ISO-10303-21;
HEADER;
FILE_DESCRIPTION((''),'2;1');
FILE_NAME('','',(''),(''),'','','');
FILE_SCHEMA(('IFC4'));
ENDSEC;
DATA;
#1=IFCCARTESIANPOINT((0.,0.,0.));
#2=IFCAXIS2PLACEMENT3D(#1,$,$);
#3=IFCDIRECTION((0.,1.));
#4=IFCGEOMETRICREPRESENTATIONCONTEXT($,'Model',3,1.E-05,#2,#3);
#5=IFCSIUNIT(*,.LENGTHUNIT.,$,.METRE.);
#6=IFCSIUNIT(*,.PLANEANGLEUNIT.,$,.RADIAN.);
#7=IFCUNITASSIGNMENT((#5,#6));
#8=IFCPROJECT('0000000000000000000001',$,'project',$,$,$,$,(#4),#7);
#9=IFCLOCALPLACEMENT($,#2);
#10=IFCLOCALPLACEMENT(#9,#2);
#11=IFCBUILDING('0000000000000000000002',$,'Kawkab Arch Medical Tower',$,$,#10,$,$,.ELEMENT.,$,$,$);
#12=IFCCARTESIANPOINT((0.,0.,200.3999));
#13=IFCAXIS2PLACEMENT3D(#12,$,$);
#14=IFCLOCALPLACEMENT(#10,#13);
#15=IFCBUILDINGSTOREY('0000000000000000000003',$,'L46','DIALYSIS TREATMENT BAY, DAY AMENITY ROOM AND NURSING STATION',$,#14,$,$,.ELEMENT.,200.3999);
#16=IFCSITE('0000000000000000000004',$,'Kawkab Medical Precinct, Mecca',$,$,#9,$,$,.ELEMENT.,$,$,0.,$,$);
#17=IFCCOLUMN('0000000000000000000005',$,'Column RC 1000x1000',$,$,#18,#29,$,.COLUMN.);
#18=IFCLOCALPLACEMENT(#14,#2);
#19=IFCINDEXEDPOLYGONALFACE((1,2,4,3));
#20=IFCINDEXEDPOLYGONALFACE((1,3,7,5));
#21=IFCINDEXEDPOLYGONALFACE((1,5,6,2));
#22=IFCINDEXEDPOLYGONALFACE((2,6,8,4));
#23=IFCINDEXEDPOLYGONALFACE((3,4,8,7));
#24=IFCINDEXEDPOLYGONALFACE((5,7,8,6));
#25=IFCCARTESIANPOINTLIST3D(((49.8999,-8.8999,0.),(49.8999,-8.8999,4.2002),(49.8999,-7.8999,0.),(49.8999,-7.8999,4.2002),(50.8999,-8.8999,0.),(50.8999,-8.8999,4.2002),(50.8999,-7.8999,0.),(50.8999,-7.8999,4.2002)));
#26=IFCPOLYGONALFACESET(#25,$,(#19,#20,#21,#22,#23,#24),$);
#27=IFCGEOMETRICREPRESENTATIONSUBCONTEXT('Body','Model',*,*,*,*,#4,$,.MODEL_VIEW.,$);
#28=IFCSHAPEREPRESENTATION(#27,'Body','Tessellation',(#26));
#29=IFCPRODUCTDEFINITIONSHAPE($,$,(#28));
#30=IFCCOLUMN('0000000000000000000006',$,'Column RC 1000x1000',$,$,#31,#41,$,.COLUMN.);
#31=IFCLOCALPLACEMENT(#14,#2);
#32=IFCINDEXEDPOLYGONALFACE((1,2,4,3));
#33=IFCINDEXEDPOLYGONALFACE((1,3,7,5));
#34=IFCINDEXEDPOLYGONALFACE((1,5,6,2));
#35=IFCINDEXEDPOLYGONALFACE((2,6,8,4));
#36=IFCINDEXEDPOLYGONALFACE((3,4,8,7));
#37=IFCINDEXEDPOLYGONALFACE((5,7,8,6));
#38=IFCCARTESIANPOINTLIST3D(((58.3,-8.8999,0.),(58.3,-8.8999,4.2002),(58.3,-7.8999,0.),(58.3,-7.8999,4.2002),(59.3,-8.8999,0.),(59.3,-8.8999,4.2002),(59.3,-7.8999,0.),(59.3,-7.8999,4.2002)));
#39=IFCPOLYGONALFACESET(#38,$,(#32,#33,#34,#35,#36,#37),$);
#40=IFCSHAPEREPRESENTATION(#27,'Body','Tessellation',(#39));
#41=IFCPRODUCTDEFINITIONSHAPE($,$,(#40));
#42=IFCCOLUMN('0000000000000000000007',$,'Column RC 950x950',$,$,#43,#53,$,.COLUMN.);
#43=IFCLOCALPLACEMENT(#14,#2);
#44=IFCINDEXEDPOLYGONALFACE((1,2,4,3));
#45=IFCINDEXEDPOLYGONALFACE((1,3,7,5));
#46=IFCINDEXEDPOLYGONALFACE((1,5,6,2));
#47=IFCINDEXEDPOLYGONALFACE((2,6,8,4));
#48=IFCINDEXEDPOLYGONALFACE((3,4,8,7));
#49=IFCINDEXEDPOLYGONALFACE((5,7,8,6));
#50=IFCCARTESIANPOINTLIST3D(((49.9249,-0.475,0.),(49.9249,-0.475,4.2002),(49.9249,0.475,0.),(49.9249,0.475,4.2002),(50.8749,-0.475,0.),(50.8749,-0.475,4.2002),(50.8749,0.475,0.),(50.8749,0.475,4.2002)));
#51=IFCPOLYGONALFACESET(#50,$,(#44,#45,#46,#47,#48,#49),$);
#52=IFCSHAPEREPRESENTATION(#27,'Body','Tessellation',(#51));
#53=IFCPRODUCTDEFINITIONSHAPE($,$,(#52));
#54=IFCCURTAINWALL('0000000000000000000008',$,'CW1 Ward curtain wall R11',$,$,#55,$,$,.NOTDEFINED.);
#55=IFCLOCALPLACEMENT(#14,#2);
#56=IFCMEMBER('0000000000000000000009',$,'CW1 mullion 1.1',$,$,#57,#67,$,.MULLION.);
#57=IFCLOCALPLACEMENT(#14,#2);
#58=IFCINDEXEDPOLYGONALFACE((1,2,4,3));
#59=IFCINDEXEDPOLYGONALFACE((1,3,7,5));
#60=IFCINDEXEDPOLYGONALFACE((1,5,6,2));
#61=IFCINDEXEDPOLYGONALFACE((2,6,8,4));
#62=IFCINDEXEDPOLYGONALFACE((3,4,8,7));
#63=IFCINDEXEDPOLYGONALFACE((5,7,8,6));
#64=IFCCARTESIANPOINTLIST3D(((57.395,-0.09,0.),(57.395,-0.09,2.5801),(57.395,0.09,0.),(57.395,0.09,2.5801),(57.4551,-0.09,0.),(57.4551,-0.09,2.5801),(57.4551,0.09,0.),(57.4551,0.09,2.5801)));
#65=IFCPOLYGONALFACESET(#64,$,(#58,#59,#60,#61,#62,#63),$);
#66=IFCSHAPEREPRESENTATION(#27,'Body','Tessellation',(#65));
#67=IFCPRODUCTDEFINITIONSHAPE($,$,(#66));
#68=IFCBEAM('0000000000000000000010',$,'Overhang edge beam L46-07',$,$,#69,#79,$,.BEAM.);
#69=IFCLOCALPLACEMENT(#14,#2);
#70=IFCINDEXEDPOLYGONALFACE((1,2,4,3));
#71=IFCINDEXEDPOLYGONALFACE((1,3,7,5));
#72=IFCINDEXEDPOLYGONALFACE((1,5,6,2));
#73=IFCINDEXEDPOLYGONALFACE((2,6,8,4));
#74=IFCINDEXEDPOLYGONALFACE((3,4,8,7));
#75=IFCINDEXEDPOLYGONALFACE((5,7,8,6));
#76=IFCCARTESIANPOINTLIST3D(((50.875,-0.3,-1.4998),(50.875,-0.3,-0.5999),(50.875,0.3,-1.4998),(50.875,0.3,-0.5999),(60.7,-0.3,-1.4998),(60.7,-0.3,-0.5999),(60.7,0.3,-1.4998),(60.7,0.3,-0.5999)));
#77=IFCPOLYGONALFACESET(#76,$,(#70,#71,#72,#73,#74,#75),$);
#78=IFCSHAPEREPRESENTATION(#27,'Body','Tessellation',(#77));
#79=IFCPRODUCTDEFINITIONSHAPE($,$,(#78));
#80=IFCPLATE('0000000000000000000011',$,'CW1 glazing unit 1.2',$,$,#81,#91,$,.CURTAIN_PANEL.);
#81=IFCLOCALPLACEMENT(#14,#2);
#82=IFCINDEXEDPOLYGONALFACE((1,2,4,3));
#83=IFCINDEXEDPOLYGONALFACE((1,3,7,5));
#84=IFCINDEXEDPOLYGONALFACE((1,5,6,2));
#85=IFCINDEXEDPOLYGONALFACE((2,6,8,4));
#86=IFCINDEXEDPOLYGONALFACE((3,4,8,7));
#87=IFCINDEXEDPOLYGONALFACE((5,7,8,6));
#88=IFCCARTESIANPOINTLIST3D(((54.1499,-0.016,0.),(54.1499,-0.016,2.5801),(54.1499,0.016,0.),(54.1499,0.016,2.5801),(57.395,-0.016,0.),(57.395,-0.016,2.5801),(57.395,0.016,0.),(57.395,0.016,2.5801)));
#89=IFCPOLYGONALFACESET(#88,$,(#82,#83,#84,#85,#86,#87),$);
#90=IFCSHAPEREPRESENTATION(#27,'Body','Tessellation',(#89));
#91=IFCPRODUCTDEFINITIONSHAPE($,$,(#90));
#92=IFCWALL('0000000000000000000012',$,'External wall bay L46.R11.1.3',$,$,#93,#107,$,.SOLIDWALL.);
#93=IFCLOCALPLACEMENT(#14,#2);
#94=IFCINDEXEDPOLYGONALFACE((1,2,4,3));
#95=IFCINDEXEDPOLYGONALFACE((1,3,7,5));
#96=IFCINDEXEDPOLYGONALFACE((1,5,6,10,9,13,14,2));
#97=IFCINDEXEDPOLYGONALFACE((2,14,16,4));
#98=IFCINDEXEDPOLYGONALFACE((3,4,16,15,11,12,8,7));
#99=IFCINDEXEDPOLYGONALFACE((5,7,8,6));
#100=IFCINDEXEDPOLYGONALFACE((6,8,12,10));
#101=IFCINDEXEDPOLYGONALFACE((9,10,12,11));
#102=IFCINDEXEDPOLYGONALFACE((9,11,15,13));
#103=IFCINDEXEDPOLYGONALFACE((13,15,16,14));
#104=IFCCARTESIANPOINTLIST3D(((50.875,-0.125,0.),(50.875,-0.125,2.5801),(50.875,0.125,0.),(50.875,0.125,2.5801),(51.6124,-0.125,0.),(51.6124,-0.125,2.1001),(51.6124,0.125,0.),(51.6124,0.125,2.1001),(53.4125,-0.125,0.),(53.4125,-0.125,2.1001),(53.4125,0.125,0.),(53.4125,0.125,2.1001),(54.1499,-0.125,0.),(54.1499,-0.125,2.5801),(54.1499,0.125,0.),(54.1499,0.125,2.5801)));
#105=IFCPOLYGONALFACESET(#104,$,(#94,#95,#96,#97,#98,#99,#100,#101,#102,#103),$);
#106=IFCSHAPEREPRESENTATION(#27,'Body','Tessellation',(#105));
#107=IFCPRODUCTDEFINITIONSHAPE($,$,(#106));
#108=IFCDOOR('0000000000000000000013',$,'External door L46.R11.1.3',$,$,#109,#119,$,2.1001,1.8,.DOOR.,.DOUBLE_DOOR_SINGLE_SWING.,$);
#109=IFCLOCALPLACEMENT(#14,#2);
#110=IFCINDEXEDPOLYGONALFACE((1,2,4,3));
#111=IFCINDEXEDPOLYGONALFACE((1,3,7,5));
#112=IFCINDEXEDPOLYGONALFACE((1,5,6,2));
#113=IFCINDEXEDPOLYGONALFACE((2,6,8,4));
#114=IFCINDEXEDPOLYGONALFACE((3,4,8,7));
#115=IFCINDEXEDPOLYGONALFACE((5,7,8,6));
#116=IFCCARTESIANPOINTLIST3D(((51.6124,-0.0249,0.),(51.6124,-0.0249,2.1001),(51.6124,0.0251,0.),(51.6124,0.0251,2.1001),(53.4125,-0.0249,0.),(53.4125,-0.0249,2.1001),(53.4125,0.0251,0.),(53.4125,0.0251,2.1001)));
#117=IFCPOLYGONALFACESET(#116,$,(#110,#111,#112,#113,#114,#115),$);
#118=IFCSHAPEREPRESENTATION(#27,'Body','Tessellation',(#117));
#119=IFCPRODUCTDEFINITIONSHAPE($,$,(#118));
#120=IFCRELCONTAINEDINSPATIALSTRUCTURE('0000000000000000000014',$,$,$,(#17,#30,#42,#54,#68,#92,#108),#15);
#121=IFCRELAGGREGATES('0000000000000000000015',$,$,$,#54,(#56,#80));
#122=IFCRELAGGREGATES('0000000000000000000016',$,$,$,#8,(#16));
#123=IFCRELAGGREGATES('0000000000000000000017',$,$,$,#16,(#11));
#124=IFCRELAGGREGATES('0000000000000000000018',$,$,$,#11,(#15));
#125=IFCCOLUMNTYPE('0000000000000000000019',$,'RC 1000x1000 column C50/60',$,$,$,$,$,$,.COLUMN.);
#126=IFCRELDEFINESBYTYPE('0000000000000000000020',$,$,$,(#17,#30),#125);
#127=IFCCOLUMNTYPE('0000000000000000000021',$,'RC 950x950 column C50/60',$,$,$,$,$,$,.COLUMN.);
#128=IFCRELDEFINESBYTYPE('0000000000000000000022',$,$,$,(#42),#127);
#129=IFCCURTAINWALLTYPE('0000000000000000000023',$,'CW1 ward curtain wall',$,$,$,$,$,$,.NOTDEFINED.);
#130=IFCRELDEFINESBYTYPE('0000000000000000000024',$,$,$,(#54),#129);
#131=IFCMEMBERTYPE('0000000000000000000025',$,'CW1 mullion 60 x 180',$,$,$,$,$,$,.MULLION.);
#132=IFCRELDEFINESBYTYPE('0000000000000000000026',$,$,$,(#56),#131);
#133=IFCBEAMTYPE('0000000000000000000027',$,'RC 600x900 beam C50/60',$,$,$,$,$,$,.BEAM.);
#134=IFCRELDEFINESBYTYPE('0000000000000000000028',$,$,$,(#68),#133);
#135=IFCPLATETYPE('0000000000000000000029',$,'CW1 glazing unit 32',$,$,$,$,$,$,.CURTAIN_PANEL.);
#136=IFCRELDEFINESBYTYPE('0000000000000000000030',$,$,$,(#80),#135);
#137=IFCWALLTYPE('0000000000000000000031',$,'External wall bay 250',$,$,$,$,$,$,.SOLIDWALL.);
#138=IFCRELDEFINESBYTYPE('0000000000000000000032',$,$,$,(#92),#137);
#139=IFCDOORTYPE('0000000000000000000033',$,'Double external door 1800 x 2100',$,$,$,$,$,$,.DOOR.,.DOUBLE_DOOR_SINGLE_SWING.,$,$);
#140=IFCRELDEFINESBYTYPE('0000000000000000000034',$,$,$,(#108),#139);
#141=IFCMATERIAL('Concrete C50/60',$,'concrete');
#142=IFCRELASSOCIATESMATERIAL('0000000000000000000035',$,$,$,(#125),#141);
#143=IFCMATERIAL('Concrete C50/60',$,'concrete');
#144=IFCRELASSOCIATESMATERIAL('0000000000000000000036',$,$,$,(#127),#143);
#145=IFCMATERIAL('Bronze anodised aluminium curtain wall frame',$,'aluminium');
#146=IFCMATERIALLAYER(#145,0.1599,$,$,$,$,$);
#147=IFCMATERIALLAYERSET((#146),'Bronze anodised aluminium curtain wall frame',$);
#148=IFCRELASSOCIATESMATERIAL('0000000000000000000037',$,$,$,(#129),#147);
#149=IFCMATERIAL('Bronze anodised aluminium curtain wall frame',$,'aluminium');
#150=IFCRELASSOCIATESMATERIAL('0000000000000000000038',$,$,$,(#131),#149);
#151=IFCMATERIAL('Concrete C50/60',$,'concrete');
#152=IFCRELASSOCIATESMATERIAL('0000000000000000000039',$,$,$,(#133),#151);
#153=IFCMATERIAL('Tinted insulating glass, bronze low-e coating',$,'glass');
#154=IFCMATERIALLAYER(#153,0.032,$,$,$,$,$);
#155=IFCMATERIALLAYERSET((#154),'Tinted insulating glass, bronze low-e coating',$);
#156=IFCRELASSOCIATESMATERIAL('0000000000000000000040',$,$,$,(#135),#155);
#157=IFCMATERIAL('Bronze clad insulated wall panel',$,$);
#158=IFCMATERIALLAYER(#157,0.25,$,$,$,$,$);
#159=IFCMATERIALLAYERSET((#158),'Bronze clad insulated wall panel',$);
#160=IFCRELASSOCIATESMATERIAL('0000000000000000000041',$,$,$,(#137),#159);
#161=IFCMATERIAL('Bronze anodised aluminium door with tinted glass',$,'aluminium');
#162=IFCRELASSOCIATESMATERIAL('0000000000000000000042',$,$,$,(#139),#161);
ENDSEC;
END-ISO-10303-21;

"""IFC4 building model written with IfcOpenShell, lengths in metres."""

from ifc_helpers import new_model, si_unit, direction, frame, frame_2d, origin, origin_2d, place, context, subcontext, project, spatial, rectangle, extrude, material, layer, layer_set, material_profile, profile_set, type_object, element, fill, aggregate, save


model = new_model("IFC4")

# Units and contexts
model_context = context("Model", 3, precision=1e-05, world=origin(), true_north=direction((0.0, 1.0)))
body_context = subcontext(model_context, "Body", "Model", "MODEL_VIEW")
ifc_project = project(units=[si_unit("LENGTHUNIT", "METRE"), si_unit("PLANEANGLEUNIT", "RADIAN")], contexts=[model_context])

# Site, building, storey
site_placement = place(None, origin())
site = spatial("IfcSite", under=ifc_project, at=site_placement, Name="Kawkab Medical Precinct, Mecca", CompositionType="ELEMENT", RefElevation=0.0)
building_placement = place(site_placement, origin())
building = spatial("IfcBuilding", under=site, at=building_placement, Name="Kawkab Arch Medical Tower", CompositionType="ELEMENT")
storey_placement = place(building_placement, frame((0.0, 0.0, 200.3999)))
storey = spatial("IfcBuildingStorey", under=building, at=storey_placement, Name="L46", Description="DIALYSIS TREATMENT BAY, DAY AMENITY ROOM AND NURSING STATION", CompositionType="ELEMENT", Elevation=200.3999)

# Columns
ifc_material_1 = material(Name="Concrete C50/60", Category="concrete")
ifc_material_profile_1 = material_profile(ifc_material_1, rectangle(XDim=1.0, YDim=1.0, at=origin_2d()), Name="RC 1000x1000")
ifc_profile_set_1 = profile_set([ifc_material_profile_1], Name="Concrete C50/60")
column_type_1 = type_object("IfcColumnType", Name="RC 1000x1000 column C50/60", PredefinedType="COLUMN", material=ifc_profile_set_1)
for number, where, z_axis, x_axis, name in (
    (1, (50.3999, -8.3999, 0.0), (0.0, 0.0, 1.0), (1.0, 0.0, 0.0), "Column RC 1000x1000"),
    (2, (58.8, -8.3999, 0.0), (0.0, 0.0, 1.0), (1.0, 0.0, 0.0), "Column RC 1000x1000"),
):
    element("IfcColumn", number, at=place(storey_placement, frame(where, z_axis=z_axis, x_axis=x_axis)), inside=storey, type_object=column_type_1, Name=name, PredefinedType="COLUMN", context=body_context, shape_type="SweptSolid", body=[
        extrude(rectangle(XDim=1.0, YDim=1.0, at=origin_2d()), origin(), (0.0, 0.0, 1.0), 4.2002),
    ])
ifc_material_2 = material(Name="Concrete C50/60", Category="concrete")
ifc_material_profile_2 = material_profile(ifc_material_2, rectangle(XDim=0.95, YDim=0.95, at=origin_2d()), Name="RC 950x950")
ifc_profile_set_2 = profile_set([ifc_material_profile_2], Name="Concrete C50/60")
column_type_2 = type_object("IfcColumnType", Name="RC 950x950 column C50/60", PredefinedType="COLUMN", material=ifc_profile_set_2)
column_placement = place(storey_placement, frame((50.3999, 0.0, 0.0), z_axis=(0.0, 0.0, 1.0), x_axis=(1.0, 0.0, 0.0)))
element("IfcColumn", 3, at=column_placement, inside=storey, type_object=column_type_2, Name="Column RC 950x950", PredefinedType="COLUMN", context=body_context, shape_type="SweptSolid", body=[
    extrude(rectangle(XDim=0.95, YDim=0.95, at=origin_2d()), origin(), (0.0, 0.0, 1.0), 4.2002),
])

# Curtain wall, member
ifc_material_3 = material(Name="Bronze anodised aluminium curtain wall frame", Category="aluminium")
ifc_layer_1 = layer(ifc_material_3, 0.1599)
ifc_layer_set_1 = layer_set([ifc_layer_1], Name="Bronze anodised aluminium curtain wall frame")
curtain_wall_type = type_object("IfcCurtainWallType", Name="CW1 ward curtain wall", PredefinedType="NOTDEFINED", material=ifc_layer_set_1)
curtain_wall_placement = place(storey_placement, origin())
curtain_wall = element("IfcCurtainWall", 4, at=curtain_wall_placement, inside=storey, type_object=curtain_wall_type, Name="CW1 Ward curtain wall R11", PredefinedType="NOTDEFINED")
ifc_material_4 = material(Name="Bronze anodised aluminium curtain wall frame", Category="aluminium")
ifc_material_profile_3 = material_profile(ifc_material_4, rectangle(XDim=0.1799, YDim=0.0601, at=origin_2d()), Name="AL 60x180")
ifc_profile_set_3 = profile_set([ifc_material_profile_3], Name="Bronze anodised aluminium curtain wall frame")
member_type = type_object("IfcMemberType", Name="CW1 mullion 60 x 180", PredefinedType="MULLION", material=ifc_profile_set_3)
member_placement = place(storey_placement, frame((57.425, 0.0, 0.0), z_axis=(0.0, 0.0, 1.0), x_axis=(0.0, -1.0, 0.0)))
member = element("IfcMember", 5, at=member_placement, type_object=member_type, Name="CW1 mullion 1.1", PredefinedType="MULLION", context=body_context, shape_type="SweptSolid", body=[
    extrude(rectangle(XDim=0.1799, YDim=0.0601, at=origin_2d()), origin(), (0.0, 0.0, 1.0), 2.5801),
])

# Beam
ifc_material_5 = material(Name="Concrete C50/60", Category="concrete")
ifc_material_profile_4 = material_profile(ifc_material_5, rectangle(XDim=0.6001, YDim=0.8999, at=origin_2d()), Name="RC 600x900")
ifc_profile_set_4 = profile_set([ifc_material_profile_4], Name="Concrete C50/60")
beam_type = type_object("IfcBeamType", Name="RC 600x900 beam C50/60", PredefinedType="BEAM", material=ifc_profile_set_4)
beam_placement = place(storey_placement, frame((50.875, 0.0, -1.0498), z_axis=(1.0, 0.0, 0.0), x_axis=(0.0, 1.0, 0.0)))
element("IfcBeam", 6, at=beam_placement, inside=storey, type_object=beam_type, Name="Overhang edge beam L46-07", PredefinedType="BEAM", context=body_context, shape_type="SweptSolid", body=[
    extrude(rectangle(XDim=0.6001, YDim=0.8999, at=origin_2d()), origin(), (0.0, 0.0, 1.0), 9.825),
])

# Plate
ifc_material_6 = material(Name="Tinted insulating glass, bronze low-e coating", Category="glass")
ifc_layer_2 = layer(ifc_material_6, 0.032)
ifc_layer_set_2 = layer_set([ifc_layer_2], Name="Tinted insulating glass, bronze low-e coating")
plate_type = type_object("IfcPlateType", Name="CW1 glazing unit 32", PredefinedType="CURTAIN_PANEL", material=ifc_layer_set_2)
plate_placement = place(storey_placement, frame((55.7725, 0.0, 0.0), z_axis=(0.0, 0.0, 1.0), x_axis=(-1.0, 0.0, 0.0)))
plate = element("IfcPlate", 7, at=plate_placement, type_object=plate_type, Name="CW1 glazing unit 1.2", PredefinedType="CURTAIN_PANEL", context=body_context, shape_type="SweptSolid", body=[
    extrude(rectangle(XDim=3.2451, YDim=0.032, at=origin_2d()), origin(), (0.0, 0.0, 1.0), 2.5801),
])
aggregate(curtain_wall, [member, plate])

# Wall, opening, door
ifc_material_7 = material(Name="Bronze clad insulated wall panel")
ifc_layer_3 = layer(ifc_material_7, 0.25)
ifc_layer_set_3 = layer_set([ifc_layer_3], Name="Bronze clad insulated wall panel")
wall_type_1 = type_object("IfcWallType", Name="External wall bay 250", PredefinedType="SOLIDWALL", material=ifc_layer_set_3)
wall_1_placement = place(storey_placement, frame((54.1499, 0.0, 0.0), z_axis=(0.0, 0.0, 1.0), x_axis=(-1.0, 0.0, 0.0)))
wall_1 = element("IfcWall", 8, at=wall_1_placement, inside=storey, type_object=wall_type_1, Name="External wall bay L46.R11.1.3", PredefinedType="SOLIDWALL", context=body_context, shape_type="SweptSolid", body=[
    extrude(rectangle(XDim=3.2749, YDim=0.25, at=frame_2d((1.6375, 0.0))), origin(), (0.0, 0.0, 1.0), 2.5801),
])
opening_1_placement = place(wall_1_placement, frame((0.7375, 0.0, 0.0)))
opening_1 = element("IfcOpeningElement", 9, at=opening_1_placement, cuts=wall_1, PredefinedType="OPENING", context=body_context, shape_type="SweptSolid", body=[
    extrude(rectangle(XDim=1.8, YDim=2.1001, at=frame_2d((0.8999, 1.05))), frame((0.0, 0.135, 0.0), z_axis=(0.0, -1.0, 0.0), x_axis=(1.0, 0.0, 0.0)), (0.0, 0.0, 1.0), 0.27),
])
ifc_material_8 = material(Name="Bronze anodised aluminium door with tinted glass", Category="aluminium")
door_type_1 = type_object("IfcDoorType", Name="Double external door 1800 x 2100", OperationType="DOUBLE_DOOR_SINGLE_SWING", PredefinedType="DOOR", material=ifc_material_8)
door_1_placement = place(opening_1_placement, origin())
door_1 = element("IfcDoor", 10, at=door_1_placement, inside=storey, type_object=door_type_1, Name="External door L46.R11.1.3", OperationType="DOUBLE_DOOR_SINGLE_SWING", OverallHeight=2.1001, OverallWidth=1.8, PredefinedType="DOOR", context=body_context, shape_type="SweptSolid", body=[
    extrude(rectangle(XDim=1.8, YDim=2.1001, at=frame_2d((0.8999, 1.05))), frame((0.0, 0.0249, 0.0), z_axis=(0.0, -1.0, 0.0), x_axis=(1.0, 0.0, 0.0)), (0.0, 0.0, 1.0), 0.05),
])
fill(opening_1, door_1)

save(model, "model.ifc")
